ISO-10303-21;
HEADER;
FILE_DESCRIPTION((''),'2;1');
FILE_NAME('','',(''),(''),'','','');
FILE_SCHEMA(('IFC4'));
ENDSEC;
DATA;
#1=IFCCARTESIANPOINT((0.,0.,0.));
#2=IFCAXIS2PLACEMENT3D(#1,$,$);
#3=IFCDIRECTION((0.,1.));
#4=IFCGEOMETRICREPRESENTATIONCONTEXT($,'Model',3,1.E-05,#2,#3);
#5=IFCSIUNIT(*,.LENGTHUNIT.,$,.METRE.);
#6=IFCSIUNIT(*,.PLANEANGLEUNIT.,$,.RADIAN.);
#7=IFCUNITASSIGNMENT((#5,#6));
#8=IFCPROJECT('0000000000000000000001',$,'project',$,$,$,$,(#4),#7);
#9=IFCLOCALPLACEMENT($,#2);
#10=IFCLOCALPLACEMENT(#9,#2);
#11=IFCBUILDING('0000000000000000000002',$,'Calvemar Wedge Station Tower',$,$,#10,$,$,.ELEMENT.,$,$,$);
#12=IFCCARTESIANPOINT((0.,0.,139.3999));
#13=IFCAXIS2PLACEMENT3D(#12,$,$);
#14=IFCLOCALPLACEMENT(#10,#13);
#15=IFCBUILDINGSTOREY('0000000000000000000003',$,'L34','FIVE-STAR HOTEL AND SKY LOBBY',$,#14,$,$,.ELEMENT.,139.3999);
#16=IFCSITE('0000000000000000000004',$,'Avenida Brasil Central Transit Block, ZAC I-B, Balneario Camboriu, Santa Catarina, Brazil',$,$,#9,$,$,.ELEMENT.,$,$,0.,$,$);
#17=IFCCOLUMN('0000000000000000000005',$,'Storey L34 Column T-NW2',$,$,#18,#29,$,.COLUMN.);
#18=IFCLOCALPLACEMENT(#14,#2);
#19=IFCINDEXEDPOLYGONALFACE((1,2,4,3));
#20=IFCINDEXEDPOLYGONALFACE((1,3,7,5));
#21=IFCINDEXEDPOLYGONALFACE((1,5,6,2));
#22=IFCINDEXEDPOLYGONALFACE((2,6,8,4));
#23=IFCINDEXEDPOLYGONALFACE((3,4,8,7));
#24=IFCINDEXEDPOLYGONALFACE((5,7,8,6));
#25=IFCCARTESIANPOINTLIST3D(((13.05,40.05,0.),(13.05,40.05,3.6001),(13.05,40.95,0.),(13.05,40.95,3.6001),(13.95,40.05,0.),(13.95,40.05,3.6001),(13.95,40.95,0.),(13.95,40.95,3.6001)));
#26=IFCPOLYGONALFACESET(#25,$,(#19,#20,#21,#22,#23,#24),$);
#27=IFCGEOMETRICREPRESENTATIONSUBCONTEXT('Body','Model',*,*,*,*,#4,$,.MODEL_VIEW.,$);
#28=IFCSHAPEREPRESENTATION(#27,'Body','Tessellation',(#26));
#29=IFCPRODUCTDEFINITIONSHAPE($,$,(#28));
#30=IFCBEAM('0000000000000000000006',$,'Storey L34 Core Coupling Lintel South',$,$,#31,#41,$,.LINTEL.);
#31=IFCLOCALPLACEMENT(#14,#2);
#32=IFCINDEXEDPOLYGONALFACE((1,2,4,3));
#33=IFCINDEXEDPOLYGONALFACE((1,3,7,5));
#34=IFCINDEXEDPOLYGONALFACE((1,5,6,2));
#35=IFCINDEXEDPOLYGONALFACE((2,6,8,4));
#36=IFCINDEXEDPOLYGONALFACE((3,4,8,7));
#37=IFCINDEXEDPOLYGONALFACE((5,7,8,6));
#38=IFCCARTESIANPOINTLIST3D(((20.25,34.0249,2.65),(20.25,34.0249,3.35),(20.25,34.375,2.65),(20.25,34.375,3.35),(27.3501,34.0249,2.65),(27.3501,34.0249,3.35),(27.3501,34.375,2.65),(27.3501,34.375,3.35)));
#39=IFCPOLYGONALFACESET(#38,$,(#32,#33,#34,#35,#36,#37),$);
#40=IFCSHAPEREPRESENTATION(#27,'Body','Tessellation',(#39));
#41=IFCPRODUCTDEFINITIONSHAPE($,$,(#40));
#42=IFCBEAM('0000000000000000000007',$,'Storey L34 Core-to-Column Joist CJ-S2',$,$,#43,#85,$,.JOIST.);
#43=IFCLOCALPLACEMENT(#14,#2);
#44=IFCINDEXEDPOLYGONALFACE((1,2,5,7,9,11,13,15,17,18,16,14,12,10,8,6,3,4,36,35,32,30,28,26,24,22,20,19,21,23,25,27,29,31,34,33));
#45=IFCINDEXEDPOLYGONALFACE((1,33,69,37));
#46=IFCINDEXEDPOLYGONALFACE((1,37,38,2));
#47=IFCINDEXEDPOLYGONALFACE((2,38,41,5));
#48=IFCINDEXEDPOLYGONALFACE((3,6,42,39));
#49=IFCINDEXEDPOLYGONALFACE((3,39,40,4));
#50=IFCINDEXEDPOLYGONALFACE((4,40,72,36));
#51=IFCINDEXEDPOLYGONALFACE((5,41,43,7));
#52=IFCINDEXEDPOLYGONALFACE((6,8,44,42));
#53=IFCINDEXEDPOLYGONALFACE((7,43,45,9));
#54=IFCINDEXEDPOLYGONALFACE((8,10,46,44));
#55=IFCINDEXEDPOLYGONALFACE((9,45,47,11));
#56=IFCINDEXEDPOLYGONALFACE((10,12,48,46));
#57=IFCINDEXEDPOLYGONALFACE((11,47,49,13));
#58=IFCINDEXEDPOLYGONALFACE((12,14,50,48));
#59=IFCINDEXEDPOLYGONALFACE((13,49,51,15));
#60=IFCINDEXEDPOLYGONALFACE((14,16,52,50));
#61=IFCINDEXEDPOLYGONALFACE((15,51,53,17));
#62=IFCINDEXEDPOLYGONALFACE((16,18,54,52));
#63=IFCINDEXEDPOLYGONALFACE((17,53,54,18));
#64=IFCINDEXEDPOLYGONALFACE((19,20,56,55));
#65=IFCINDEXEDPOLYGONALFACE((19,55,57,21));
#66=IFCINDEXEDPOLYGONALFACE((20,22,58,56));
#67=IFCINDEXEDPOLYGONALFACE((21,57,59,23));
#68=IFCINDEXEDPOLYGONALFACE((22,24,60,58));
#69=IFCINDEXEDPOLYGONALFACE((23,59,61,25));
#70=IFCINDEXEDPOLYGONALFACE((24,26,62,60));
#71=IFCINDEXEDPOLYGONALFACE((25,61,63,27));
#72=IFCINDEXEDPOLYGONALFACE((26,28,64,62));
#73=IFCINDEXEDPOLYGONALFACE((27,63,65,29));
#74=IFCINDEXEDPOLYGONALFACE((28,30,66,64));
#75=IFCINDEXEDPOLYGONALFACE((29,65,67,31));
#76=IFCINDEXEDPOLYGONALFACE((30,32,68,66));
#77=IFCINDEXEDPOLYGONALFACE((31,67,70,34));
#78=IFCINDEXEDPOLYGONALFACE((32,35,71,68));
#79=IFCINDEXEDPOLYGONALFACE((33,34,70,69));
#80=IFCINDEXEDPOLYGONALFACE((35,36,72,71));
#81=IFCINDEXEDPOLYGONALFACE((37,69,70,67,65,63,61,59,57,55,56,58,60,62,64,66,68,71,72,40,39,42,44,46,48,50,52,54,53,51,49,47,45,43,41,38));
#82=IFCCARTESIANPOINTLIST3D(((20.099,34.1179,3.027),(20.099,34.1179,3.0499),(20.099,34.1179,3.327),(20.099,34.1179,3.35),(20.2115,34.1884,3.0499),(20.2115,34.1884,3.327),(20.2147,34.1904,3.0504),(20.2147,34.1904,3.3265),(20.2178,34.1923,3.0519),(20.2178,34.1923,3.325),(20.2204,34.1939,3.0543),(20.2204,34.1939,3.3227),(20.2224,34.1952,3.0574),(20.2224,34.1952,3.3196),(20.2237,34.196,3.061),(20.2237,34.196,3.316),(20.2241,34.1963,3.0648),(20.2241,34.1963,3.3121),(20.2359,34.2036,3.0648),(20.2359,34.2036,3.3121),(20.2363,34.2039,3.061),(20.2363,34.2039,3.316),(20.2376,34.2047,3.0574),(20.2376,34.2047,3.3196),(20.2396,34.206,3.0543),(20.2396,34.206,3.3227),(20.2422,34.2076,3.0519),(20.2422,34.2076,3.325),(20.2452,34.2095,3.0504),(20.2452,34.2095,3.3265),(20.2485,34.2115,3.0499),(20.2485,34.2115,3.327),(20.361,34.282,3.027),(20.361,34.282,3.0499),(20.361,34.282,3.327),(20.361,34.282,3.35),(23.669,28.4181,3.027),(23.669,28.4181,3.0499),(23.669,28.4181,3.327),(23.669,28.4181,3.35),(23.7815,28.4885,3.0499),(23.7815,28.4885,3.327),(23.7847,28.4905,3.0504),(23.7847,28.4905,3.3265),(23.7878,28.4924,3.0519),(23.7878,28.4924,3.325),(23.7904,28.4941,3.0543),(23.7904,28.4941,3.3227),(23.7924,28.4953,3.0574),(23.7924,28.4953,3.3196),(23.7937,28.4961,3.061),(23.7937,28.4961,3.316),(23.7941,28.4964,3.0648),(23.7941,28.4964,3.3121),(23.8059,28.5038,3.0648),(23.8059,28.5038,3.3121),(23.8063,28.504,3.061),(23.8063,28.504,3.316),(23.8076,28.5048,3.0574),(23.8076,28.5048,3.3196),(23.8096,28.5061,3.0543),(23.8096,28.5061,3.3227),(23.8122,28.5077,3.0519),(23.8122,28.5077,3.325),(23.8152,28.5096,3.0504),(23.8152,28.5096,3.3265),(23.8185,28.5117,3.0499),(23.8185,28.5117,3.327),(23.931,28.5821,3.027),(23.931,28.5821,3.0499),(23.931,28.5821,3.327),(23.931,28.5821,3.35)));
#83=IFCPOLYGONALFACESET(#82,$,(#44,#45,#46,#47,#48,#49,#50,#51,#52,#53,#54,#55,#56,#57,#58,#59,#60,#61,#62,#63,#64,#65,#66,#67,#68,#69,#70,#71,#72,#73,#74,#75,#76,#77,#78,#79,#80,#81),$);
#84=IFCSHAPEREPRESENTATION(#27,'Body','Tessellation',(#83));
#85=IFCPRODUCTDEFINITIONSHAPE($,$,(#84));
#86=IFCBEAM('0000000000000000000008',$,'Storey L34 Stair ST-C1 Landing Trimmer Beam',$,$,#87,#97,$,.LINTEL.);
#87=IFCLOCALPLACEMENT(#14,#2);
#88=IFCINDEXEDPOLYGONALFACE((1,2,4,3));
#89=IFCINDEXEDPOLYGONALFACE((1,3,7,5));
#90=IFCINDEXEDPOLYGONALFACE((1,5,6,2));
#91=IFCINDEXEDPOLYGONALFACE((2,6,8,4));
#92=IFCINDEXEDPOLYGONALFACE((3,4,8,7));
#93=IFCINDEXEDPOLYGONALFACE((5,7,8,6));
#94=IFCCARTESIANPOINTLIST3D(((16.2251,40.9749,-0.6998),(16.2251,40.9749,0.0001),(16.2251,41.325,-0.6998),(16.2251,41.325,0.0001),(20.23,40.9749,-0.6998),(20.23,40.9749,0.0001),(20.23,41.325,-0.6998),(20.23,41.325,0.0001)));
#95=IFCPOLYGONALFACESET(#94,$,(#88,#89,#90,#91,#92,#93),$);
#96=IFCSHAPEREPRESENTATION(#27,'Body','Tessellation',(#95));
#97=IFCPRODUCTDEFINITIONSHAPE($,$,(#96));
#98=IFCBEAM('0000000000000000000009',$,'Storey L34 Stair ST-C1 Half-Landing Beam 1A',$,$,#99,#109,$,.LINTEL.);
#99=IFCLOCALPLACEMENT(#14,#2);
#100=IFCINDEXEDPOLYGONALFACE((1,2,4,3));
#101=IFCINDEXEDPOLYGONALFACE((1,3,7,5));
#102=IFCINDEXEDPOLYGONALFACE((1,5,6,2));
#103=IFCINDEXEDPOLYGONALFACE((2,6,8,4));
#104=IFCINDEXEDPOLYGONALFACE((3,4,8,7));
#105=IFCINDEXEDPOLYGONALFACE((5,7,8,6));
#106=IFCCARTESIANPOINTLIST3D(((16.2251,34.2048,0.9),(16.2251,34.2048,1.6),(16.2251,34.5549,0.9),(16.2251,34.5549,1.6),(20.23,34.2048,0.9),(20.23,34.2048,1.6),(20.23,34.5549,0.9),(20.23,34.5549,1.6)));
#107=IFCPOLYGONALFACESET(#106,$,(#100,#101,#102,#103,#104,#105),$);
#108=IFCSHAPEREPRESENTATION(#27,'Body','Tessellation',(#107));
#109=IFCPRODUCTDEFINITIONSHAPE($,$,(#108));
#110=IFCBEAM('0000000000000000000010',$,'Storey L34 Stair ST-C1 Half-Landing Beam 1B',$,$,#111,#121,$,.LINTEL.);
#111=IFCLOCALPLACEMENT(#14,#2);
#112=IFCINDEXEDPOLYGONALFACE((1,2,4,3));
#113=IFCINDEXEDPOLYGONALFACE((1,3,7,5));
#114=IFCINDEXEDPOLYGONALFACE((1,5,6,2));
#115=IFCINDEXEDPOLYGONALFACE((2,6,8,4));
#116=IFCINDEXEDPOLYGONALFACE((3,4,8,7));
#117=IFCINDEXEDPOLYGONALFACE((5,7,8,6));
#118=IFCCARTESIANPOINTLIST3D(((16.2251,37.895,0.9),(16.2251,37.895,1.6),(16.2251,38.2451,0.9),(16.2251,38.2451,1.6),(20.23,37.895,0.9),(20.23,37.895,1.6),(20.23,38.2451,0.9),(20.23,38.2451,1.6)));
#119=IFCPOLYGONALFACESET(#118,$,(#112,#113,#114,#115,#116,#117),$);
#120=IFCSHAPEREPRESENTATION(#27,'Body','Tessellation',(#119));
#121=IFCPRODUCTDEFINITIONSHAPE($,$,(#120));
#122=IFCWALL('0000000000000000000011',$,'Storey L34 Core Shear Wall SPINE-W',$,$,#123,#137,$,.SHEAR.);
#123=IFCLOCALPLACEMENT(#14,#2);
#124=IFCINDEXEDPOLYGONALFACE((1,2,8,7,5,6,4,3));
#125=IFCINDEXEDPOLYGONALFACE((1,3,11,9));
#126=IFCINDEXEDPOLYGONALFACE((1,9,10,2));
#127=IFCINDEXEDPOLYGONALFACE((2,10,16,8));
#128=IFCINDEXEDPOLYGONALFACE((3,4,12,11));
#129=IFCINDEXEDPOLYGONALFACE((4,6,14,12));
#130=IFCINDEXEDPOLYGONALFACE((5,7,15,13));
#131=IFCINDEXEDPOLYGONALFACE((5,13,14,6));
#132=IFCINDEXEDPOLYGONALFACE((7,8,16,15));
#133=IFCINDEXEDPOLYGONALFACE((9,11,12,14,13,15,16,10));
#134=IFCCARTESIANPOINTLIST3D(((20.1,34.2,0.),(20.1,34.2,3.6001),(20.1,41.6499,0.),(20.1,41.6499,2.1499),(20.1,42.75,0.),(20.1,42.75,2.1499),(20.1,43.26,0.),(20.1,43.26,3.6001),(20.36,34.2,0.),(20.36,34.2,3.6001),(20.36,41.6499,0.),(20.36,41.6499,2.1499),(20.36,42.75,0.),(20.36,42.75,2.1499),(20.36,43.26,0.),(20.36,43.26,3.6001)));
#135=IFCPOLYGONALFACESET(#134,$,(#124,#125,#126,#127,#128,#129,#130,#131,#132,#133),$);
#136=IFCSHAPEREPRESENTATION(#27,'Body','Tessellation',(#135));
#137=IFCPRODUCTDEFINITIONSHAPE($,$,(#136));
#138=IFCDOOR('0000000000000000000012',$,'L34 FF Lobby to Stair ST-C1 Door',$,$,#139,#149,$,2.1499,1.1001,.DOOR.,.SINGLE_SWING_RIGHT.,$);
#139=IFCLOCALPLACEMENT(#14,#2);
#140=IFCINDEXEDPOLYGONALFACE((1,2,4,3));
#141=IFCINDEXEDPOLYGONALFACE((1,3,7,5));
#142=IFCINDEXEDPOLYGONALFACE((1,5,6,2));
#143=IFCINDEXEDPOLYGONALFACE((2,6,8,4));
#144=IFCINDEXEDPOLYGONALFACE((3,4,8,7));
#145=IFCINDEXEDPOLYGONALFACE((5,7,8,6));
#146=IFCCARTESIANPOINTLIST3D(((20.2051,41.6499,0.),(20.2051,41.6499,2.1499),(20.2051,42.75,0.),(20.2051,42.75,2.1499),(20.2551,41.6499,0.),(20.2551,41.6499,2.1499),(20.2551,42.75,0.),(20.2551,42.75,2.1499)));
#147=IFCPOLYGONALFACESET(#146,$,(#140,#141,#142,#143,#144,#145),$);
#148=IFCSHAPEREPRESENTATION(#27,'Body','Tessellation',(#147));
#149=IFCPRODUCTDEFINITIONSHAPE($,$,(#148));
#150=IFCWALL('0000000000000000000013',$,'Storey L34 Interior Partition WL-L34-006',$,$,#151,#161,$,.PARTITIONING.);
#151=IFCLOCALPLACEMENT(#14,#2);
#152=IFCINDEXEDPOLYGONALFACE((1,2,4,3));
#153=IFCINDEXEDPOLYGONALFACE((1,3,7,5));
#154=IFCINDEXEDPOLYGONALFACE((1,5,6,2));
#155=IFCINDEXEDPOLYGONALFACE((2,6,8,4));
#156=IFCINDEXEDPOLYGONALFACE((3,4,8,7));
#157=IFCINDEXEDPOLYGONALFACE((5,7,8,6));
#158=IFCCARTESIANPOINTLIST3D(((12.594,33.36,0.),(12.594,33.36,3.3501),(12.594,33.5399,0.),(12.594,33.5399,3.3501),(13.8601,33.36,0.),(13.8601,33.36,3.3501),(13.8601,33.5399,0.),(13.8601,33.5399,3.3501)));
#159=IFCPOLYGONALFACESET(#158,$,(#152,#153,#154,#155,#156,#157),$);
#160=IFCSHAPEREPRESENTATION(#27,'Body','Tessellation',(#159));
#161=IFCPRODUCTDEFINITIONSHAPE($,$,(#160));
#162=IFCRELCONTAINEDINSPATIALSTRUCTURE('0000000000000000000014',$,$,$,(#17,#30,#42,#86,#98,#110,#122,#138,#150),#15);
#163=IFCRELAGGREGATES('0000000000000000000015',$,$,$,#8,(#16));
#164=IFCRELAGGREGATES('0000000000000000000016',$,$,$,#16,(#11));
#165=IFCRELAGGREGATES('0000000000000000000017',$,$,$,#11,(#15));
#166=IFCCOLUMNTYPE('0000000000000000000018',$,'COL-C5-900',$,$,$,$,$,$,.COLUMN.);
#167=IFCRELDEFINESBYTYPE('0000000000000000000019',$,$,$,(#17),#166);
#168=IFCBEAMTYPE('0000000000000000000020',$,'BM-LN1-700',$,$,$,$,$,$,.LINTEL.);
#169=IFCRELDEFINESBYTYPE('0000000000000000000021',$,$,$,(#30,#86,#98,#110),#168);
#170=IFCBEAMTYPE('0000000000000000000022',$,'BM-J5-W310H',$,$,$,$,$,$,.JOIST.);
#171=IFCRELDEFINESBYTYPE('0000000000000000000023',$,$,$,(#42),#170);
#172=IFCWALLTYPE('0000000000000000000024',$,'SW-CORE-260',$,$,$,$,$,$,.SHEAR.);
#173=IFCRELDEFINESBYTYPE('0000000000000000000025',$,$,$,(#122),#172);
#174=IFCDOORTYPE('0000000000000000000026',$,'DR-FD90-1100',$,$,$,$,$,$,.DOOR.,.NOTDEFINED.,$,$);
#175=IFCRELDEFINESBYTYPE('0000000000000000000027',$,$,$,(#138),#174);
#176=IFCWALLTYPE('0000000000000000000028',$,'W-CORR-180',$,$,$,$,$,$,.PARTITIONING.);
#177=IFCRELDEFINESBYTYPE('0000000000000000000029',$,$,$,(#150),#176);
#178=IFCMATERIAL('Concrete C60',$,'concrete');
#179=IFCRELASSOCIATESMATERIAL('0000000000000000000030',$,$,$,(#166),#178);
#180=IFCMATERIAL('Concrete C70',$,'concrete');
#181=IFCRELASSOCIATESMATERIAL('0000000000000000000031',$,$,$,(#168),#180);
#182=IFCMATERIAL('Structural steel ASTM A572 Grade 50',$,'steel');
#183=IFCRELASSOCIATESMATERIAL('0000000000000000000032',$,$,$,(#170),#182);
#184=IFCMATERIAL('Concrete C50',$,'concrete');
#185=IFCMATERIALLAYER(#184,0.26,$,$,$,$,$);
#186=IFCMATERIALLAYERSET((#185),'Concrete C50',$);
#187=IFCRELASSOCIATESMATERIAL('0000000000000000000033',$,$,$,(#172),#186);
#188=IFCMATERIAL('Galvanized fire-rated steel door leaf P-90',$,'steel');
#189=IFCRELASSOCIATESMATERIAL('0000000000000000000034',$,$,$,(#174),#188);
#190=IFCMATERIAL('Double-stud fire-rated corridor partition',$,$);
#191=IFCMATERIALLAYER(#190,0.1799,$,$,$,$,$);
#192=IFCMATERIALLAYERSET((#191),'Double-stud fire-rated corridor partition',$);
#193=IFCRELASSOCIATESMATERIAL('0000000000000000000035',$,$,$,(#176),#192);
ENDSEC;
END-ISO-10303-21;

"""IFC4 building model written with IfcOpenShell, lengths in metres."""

from ifc_helpers import new_model, si_unit, direction, frame, frame_2d, origin, origin_2d, place, context, subcontext, project, spatial, rectangle, i_section, extrude, source, transform, mapped, material, layer, layer_set, material_profile, profile_set, type_object, element, fill, save


model = new_model("IFC4")

# Units and contexts
model_context = context("Model", 3, precision=1e-05, world=origin(), true_north=direction((0.0, 1.0)))
body_context = subcontext(model_context, "Body", "Model", "MODEL_VIEW")
ifc_project = project(units=[si_unit("LENGTHUNIT", "METRE"), si_unit("PLANEANGLEUNIT", "RADIAN")], contexts=[model_context])

# Site, building, storey
site_placement = place(None, origin())
site = spatial("IfcSite", under=ifc_project, at=site_placement, Name="Avenida Brasil Central Transit Block, ZAC I-B, Balneario Camboriu, Santa Catarina, Brazil", CompositionType="ELEMENT", RefElevation=0.0)
building_placement = place(site_placement, origin())
building = spatial("IfcBuilding", under=site, at=building_placement, Name="Calvemar Wedge Station Tower", CompositionType="ELEMENT")
storey_placement = place(building_placement, frame((0.0, 0.0, 139.3999)))
storey = spatial("IfcBuildingStorey", under=building, at=storey_placement, Name="L34", Description="FIVE-STAR HOTEL AND SKY LOBBY", CompositionType="ELEMENT", Elevation=139.3999)

# Column
ifc_material_1 = material(Name="Concrete C60", Category="concrete")
ifc_material_profile_1 = material_profile(ifc_material_1, rectangle(XDim=0.8999, YDim=0.8999, at=origin_2d()), Name="RC900x900")
ifc_profile_set_1 = profile_set([ifc_material_profile_1], Name="Concrete C60")
column_type = type_object("IfcColumnType", Name="COL-C5-900", PredefinedType="COLUMN", material=ifc_profile_set_1)
shared_shape_1 = source(origin(), body_context, "Body", "SweptSolid", [
    extrude(rectangle(XDim=0.8999, YDim=0.8999, at=origin_2d()), origin(), (0.0, 0.0, 1.0), 3.6001),
])
column_placement = place(storey_placement, frame((13.5, 40.5, 0.0), z_axis=(0.0, 0.0, 1.0), x_axis=(1.0, 0.0, 0.0)))
element("IfcColumn", 1, at=column_placement, inside=storey, type_object=column_type, Name="Storey L34 Column T-NW2", PredefinedType="COLUMN", context=body_context, shape_type="MappedRepresentation", body=[
    mapped(shared_shape_1, transform((0.0, 0.0, 0.0), scale=1.0)),
])

# Beams
ifc_material_2 = material(Name="Concrete C70", Category="concrete")
ifc_material_profile_2 = material_profile(ifc_material_2, rectangle(XDim=0.3501, YDim=0.7, at=origin_2d()), Name="RC350x700")
ifc_profile_set_2 = profile_set([ifc_material_profile_2], Name="Concrete C70")
beam_type_1 = type_object("IfcBeamType", Name="BM-LN1-700", PredefinedType="LINTEL", material=ifc_profile_set_2)
shared_shape_2 = source(origin(), body_context, "Body", "SweptSolid", [
    extrude(rectangle(XDim=0.3501, YDim=0.7, at=origin_2d()), origin(), (0.0, 0.0, 1.0), 7.1001),
])
beam_1_placement = place(storey_placement, frame((20.25, 34.2, 3.0), z_axis=(1.0, 0.0, 0.0), x_axis=(0.0, 1.0, 0.0)))
element("IfcBeam", 2, at=beam_1_placement, inside=storey, type_object=beam_type_1, Name="Storey L34 Core Coupling Lintel South", PredefinedType="LINTEL", context=body_context, shape_type="MappedRepresentation", body=[
    mapped(shared_shape_2, transform((0.0, 0.0, 0.0), scale=1.0)),
])
ifc_material_3 = material(Name="Structural steel ASTM A572 Grade 50", Category="steel")
ifc_material_profile_3 = material_profile(ifc_material_3, i_section(OverallWidth=0.3091, OverallDepth=0.323, WebThickness=0.0139, FlangeThickness=0.0229, FilletRadius=0.0149, at=origin_2d()), Name="W310x143")
ifc_profile_set_3 = profile_set([ifc_material_profile_3], Name="Structural steel ASTM A572 Grade 50")
beam_type_2 = type_object("IfcBeamType", Name="BM-J5-W310H", PredefinedType="JOIST", material=ifc_profile_set_3)
shared_shape_3 = source(origin(), body_context, "Body", "SweptSolid", [
    extrude(i_section(OverallWidth=0.3091, OverallDepth=0.323, WebThickness=0.0139, FlangeThickness=0.0229, FilletRadius=0.0149, at=origin_2d()), origin(), (0.0, 0.0, 1.0), 6.7256),
])
beam_2_placement = place(storey_placement, frame((20.23, 34.2, 3.1885), z_axis=(0.530811, -0.84749, 0.0), x_axis=(0.84749, 0.530811, 0.0)))
element("IfcBeam", 3, at=beam_2_placement, inside=storey, type_object=beam_type_2, Name="Storey L34 Core-to-Column Joist CJ-S2", PredefinedType="JOIST", context=body_context, shape_type="MappedRepresentation", body=[
    mapped(shared_shape_3, transform((0.0, 0.0, 0.0), scale=1.0)),
])
shared_shape_4 = source(origin(), body_context, "Body", "SweptSolid", [
    extrude(rectangle(XDim=0.3501, YDim=0.7, at=origin_2d()), origin(), (0.0, 0.0, 1.0), 4.0049),
])
for number, where, z_axis, x_axis, name in (
    (4, (16.2251, 41.1499, -0.3499), (1.0, 0.0, 0.0), (0.0, 1.0, 0.0), "Storey L34 Stair ST-C1 Landing Trimmer Beam"),
    (5, (16.2251, 34.3799, 1.25), (1.0, 0.0, 0.0), (0.0, 1.0, 0.0), "Storey L34 Stair ST-C1 Half-Landing Beam 1A"),
    (6, (16.2251, 38.0701, 1.25), (1.0, 0.0, 0.0), (0.0, 1.0, 0.0), "Storey L34 Stair ST-C1 Half-Landing Beam 1B"),
):
    element("IfcBeam", number, at=place(storey_placement, frame(where, z_axis=z_axis, x_axis=x_axis)), inside=storey, type_object=beam_type_1, Name=name, PredefinedType="LINTEL", context=body_context, shape_type="MappedRepresentation", body=[
        mapped(shared_shape_4, transform((0.0, 0.0, 0.0), scale=1.0)),
    ])

# Wall, opening, door
ifc_material_4 = material(Name="Concrete C50", Category="concrete")
ifc_layer_1 = layer(ifc_material_4, 0.26)
ifc_layer_set_1 = layer_set([ifc_layer_1], Name="Concrete C50")
wall_type_1 = type_object("IfcWallType", Name="SW-CORE-260", PredefinedType="SHEAR", material=ifc_layer_set_1)
wall_1_placement = place(storey_placement, frame((20.23, 34.2, 0.0), z_axis=(0.0, 0.0, 1.0), x_axis=(0.0, 1.0, 0.0)))
wall_1 = element("IfcWall", 7, at=wall_1_placement, inside=storey, type_object=wall_type_1, Name="Storey L34 Core Shear Wall SPINE-W", PredefinedType="SHEAR", context=body_context, shape_type="SweptSolid", body=[
    extrude(rectangle(XDim=9.0601, YDim=0.26, at=frame_2d((4.53, 0.0))), origin(), (0.0, 0.0, 1.0), 3.6001),
])
shared_shape_5 = source(origin(), body_context, "Body", "SweptSolid", [
    extrude(rectangle(XDim=1.1001, YDim=2.1499, at=frame_2d((0.55, 1.075))), frame((0.0, 0.1401, 0.0), z_axis=(0.0, -1.0, 0.0), x_axis=(1.0, 0.0, 0.0)), (0.0, 0.0, 1.0), 0.28),
])
opening_1_placement = place(wall_1_placement, frame((7.45, 0.0, 0.0)))
opening_1 = element("IfcOpeningElement", 8, at=opening_1_placement, cuts=wall_1, PredefinedType="OPENING", context=body_context, shape_type="MappedRepresentation", body=[
    mapped(shared_shape_5, transform((0.0, 0.0, 0.0), scale=1.0)),
])
ifc_material_5 = material(Name="Galvanized fire-rated steel door leaf P-90", Category="steel")
door_type_1 = type_object("IfcDoorType", Name="DR-FD90-1100", OperationType="NOTDEFINED", PredefinedType="DOOR", material=ifc_material_5)
shared_shape_6 = source(origin(), body_context, "Body", "SweptSolid", [
    extrude(rectangle(XDim=1.1001, YDim=2.1499, at=frame_2d((0.55, 1.075))), frame((0.0, 0.0249, 0.0), z_axis=(0.0, -1.0, 0.0), x_axis=(1.0, 0.0, 0.0)), (0.0, 0.0, 1.0), 0.05),
])
door_1_placement = place(opening_1_placement, origin())
door_1 = element("IfcDoor", 9, at=door_1_placement, inside=storey, type_object=door_type_1, Name="L34 FF Lobby to Stair ST-C1 Door", OperationType="SINGLE_SWING_RIGHT", OverallHeight=2.1499, OverallWidth=1.1001, PredefinedType="DOOR", context=body_context, shape_type="MappedRepresentation", body=[
    mapped(shared_shape_6, transform((0.0, 0.0, 0.0), scale=1.0)),
])
fill(opening_1, door_1)
ifc_material_6 = material(Name="Double-stud fire-rated corridor partition")
ifc_layer_2 = layer(ifc_material_6, 0.1799)
ifc_layer_set_2 = layer_set([ifc_layer_2], Name="Double-stud fire-rated corridor partition")
wall_type_2 = type_object("IfcWallType", Name="W-CORR-180", PredefinedType="PARTITIONING", material=ifc_layer_set_2)

# Wall
wall_2_placement = place(storey_placement, frame((12.594, 33.45, 0.0), z_axis=(0.0, 0.0, 1.0), x_axis=(1.0, 0.0, 0.0)))
element("IfcWall", 10, at=wall_2_placement, inside=storey, type_object=wall_type_2, Name="Storey L34 Interior Partition WL-L34-006", PredefinedType="PARTITIONING", context=body_context, shape_type="SweptSolid", body=[
    extrude(rectangle(XDim=1.2661, YDim=0.1799, at=frame_2d((0.6331, 0.0))), origin(), (0.0, 0.0, 1.0), 3.3501),
])

save(model, "model.ifc")
